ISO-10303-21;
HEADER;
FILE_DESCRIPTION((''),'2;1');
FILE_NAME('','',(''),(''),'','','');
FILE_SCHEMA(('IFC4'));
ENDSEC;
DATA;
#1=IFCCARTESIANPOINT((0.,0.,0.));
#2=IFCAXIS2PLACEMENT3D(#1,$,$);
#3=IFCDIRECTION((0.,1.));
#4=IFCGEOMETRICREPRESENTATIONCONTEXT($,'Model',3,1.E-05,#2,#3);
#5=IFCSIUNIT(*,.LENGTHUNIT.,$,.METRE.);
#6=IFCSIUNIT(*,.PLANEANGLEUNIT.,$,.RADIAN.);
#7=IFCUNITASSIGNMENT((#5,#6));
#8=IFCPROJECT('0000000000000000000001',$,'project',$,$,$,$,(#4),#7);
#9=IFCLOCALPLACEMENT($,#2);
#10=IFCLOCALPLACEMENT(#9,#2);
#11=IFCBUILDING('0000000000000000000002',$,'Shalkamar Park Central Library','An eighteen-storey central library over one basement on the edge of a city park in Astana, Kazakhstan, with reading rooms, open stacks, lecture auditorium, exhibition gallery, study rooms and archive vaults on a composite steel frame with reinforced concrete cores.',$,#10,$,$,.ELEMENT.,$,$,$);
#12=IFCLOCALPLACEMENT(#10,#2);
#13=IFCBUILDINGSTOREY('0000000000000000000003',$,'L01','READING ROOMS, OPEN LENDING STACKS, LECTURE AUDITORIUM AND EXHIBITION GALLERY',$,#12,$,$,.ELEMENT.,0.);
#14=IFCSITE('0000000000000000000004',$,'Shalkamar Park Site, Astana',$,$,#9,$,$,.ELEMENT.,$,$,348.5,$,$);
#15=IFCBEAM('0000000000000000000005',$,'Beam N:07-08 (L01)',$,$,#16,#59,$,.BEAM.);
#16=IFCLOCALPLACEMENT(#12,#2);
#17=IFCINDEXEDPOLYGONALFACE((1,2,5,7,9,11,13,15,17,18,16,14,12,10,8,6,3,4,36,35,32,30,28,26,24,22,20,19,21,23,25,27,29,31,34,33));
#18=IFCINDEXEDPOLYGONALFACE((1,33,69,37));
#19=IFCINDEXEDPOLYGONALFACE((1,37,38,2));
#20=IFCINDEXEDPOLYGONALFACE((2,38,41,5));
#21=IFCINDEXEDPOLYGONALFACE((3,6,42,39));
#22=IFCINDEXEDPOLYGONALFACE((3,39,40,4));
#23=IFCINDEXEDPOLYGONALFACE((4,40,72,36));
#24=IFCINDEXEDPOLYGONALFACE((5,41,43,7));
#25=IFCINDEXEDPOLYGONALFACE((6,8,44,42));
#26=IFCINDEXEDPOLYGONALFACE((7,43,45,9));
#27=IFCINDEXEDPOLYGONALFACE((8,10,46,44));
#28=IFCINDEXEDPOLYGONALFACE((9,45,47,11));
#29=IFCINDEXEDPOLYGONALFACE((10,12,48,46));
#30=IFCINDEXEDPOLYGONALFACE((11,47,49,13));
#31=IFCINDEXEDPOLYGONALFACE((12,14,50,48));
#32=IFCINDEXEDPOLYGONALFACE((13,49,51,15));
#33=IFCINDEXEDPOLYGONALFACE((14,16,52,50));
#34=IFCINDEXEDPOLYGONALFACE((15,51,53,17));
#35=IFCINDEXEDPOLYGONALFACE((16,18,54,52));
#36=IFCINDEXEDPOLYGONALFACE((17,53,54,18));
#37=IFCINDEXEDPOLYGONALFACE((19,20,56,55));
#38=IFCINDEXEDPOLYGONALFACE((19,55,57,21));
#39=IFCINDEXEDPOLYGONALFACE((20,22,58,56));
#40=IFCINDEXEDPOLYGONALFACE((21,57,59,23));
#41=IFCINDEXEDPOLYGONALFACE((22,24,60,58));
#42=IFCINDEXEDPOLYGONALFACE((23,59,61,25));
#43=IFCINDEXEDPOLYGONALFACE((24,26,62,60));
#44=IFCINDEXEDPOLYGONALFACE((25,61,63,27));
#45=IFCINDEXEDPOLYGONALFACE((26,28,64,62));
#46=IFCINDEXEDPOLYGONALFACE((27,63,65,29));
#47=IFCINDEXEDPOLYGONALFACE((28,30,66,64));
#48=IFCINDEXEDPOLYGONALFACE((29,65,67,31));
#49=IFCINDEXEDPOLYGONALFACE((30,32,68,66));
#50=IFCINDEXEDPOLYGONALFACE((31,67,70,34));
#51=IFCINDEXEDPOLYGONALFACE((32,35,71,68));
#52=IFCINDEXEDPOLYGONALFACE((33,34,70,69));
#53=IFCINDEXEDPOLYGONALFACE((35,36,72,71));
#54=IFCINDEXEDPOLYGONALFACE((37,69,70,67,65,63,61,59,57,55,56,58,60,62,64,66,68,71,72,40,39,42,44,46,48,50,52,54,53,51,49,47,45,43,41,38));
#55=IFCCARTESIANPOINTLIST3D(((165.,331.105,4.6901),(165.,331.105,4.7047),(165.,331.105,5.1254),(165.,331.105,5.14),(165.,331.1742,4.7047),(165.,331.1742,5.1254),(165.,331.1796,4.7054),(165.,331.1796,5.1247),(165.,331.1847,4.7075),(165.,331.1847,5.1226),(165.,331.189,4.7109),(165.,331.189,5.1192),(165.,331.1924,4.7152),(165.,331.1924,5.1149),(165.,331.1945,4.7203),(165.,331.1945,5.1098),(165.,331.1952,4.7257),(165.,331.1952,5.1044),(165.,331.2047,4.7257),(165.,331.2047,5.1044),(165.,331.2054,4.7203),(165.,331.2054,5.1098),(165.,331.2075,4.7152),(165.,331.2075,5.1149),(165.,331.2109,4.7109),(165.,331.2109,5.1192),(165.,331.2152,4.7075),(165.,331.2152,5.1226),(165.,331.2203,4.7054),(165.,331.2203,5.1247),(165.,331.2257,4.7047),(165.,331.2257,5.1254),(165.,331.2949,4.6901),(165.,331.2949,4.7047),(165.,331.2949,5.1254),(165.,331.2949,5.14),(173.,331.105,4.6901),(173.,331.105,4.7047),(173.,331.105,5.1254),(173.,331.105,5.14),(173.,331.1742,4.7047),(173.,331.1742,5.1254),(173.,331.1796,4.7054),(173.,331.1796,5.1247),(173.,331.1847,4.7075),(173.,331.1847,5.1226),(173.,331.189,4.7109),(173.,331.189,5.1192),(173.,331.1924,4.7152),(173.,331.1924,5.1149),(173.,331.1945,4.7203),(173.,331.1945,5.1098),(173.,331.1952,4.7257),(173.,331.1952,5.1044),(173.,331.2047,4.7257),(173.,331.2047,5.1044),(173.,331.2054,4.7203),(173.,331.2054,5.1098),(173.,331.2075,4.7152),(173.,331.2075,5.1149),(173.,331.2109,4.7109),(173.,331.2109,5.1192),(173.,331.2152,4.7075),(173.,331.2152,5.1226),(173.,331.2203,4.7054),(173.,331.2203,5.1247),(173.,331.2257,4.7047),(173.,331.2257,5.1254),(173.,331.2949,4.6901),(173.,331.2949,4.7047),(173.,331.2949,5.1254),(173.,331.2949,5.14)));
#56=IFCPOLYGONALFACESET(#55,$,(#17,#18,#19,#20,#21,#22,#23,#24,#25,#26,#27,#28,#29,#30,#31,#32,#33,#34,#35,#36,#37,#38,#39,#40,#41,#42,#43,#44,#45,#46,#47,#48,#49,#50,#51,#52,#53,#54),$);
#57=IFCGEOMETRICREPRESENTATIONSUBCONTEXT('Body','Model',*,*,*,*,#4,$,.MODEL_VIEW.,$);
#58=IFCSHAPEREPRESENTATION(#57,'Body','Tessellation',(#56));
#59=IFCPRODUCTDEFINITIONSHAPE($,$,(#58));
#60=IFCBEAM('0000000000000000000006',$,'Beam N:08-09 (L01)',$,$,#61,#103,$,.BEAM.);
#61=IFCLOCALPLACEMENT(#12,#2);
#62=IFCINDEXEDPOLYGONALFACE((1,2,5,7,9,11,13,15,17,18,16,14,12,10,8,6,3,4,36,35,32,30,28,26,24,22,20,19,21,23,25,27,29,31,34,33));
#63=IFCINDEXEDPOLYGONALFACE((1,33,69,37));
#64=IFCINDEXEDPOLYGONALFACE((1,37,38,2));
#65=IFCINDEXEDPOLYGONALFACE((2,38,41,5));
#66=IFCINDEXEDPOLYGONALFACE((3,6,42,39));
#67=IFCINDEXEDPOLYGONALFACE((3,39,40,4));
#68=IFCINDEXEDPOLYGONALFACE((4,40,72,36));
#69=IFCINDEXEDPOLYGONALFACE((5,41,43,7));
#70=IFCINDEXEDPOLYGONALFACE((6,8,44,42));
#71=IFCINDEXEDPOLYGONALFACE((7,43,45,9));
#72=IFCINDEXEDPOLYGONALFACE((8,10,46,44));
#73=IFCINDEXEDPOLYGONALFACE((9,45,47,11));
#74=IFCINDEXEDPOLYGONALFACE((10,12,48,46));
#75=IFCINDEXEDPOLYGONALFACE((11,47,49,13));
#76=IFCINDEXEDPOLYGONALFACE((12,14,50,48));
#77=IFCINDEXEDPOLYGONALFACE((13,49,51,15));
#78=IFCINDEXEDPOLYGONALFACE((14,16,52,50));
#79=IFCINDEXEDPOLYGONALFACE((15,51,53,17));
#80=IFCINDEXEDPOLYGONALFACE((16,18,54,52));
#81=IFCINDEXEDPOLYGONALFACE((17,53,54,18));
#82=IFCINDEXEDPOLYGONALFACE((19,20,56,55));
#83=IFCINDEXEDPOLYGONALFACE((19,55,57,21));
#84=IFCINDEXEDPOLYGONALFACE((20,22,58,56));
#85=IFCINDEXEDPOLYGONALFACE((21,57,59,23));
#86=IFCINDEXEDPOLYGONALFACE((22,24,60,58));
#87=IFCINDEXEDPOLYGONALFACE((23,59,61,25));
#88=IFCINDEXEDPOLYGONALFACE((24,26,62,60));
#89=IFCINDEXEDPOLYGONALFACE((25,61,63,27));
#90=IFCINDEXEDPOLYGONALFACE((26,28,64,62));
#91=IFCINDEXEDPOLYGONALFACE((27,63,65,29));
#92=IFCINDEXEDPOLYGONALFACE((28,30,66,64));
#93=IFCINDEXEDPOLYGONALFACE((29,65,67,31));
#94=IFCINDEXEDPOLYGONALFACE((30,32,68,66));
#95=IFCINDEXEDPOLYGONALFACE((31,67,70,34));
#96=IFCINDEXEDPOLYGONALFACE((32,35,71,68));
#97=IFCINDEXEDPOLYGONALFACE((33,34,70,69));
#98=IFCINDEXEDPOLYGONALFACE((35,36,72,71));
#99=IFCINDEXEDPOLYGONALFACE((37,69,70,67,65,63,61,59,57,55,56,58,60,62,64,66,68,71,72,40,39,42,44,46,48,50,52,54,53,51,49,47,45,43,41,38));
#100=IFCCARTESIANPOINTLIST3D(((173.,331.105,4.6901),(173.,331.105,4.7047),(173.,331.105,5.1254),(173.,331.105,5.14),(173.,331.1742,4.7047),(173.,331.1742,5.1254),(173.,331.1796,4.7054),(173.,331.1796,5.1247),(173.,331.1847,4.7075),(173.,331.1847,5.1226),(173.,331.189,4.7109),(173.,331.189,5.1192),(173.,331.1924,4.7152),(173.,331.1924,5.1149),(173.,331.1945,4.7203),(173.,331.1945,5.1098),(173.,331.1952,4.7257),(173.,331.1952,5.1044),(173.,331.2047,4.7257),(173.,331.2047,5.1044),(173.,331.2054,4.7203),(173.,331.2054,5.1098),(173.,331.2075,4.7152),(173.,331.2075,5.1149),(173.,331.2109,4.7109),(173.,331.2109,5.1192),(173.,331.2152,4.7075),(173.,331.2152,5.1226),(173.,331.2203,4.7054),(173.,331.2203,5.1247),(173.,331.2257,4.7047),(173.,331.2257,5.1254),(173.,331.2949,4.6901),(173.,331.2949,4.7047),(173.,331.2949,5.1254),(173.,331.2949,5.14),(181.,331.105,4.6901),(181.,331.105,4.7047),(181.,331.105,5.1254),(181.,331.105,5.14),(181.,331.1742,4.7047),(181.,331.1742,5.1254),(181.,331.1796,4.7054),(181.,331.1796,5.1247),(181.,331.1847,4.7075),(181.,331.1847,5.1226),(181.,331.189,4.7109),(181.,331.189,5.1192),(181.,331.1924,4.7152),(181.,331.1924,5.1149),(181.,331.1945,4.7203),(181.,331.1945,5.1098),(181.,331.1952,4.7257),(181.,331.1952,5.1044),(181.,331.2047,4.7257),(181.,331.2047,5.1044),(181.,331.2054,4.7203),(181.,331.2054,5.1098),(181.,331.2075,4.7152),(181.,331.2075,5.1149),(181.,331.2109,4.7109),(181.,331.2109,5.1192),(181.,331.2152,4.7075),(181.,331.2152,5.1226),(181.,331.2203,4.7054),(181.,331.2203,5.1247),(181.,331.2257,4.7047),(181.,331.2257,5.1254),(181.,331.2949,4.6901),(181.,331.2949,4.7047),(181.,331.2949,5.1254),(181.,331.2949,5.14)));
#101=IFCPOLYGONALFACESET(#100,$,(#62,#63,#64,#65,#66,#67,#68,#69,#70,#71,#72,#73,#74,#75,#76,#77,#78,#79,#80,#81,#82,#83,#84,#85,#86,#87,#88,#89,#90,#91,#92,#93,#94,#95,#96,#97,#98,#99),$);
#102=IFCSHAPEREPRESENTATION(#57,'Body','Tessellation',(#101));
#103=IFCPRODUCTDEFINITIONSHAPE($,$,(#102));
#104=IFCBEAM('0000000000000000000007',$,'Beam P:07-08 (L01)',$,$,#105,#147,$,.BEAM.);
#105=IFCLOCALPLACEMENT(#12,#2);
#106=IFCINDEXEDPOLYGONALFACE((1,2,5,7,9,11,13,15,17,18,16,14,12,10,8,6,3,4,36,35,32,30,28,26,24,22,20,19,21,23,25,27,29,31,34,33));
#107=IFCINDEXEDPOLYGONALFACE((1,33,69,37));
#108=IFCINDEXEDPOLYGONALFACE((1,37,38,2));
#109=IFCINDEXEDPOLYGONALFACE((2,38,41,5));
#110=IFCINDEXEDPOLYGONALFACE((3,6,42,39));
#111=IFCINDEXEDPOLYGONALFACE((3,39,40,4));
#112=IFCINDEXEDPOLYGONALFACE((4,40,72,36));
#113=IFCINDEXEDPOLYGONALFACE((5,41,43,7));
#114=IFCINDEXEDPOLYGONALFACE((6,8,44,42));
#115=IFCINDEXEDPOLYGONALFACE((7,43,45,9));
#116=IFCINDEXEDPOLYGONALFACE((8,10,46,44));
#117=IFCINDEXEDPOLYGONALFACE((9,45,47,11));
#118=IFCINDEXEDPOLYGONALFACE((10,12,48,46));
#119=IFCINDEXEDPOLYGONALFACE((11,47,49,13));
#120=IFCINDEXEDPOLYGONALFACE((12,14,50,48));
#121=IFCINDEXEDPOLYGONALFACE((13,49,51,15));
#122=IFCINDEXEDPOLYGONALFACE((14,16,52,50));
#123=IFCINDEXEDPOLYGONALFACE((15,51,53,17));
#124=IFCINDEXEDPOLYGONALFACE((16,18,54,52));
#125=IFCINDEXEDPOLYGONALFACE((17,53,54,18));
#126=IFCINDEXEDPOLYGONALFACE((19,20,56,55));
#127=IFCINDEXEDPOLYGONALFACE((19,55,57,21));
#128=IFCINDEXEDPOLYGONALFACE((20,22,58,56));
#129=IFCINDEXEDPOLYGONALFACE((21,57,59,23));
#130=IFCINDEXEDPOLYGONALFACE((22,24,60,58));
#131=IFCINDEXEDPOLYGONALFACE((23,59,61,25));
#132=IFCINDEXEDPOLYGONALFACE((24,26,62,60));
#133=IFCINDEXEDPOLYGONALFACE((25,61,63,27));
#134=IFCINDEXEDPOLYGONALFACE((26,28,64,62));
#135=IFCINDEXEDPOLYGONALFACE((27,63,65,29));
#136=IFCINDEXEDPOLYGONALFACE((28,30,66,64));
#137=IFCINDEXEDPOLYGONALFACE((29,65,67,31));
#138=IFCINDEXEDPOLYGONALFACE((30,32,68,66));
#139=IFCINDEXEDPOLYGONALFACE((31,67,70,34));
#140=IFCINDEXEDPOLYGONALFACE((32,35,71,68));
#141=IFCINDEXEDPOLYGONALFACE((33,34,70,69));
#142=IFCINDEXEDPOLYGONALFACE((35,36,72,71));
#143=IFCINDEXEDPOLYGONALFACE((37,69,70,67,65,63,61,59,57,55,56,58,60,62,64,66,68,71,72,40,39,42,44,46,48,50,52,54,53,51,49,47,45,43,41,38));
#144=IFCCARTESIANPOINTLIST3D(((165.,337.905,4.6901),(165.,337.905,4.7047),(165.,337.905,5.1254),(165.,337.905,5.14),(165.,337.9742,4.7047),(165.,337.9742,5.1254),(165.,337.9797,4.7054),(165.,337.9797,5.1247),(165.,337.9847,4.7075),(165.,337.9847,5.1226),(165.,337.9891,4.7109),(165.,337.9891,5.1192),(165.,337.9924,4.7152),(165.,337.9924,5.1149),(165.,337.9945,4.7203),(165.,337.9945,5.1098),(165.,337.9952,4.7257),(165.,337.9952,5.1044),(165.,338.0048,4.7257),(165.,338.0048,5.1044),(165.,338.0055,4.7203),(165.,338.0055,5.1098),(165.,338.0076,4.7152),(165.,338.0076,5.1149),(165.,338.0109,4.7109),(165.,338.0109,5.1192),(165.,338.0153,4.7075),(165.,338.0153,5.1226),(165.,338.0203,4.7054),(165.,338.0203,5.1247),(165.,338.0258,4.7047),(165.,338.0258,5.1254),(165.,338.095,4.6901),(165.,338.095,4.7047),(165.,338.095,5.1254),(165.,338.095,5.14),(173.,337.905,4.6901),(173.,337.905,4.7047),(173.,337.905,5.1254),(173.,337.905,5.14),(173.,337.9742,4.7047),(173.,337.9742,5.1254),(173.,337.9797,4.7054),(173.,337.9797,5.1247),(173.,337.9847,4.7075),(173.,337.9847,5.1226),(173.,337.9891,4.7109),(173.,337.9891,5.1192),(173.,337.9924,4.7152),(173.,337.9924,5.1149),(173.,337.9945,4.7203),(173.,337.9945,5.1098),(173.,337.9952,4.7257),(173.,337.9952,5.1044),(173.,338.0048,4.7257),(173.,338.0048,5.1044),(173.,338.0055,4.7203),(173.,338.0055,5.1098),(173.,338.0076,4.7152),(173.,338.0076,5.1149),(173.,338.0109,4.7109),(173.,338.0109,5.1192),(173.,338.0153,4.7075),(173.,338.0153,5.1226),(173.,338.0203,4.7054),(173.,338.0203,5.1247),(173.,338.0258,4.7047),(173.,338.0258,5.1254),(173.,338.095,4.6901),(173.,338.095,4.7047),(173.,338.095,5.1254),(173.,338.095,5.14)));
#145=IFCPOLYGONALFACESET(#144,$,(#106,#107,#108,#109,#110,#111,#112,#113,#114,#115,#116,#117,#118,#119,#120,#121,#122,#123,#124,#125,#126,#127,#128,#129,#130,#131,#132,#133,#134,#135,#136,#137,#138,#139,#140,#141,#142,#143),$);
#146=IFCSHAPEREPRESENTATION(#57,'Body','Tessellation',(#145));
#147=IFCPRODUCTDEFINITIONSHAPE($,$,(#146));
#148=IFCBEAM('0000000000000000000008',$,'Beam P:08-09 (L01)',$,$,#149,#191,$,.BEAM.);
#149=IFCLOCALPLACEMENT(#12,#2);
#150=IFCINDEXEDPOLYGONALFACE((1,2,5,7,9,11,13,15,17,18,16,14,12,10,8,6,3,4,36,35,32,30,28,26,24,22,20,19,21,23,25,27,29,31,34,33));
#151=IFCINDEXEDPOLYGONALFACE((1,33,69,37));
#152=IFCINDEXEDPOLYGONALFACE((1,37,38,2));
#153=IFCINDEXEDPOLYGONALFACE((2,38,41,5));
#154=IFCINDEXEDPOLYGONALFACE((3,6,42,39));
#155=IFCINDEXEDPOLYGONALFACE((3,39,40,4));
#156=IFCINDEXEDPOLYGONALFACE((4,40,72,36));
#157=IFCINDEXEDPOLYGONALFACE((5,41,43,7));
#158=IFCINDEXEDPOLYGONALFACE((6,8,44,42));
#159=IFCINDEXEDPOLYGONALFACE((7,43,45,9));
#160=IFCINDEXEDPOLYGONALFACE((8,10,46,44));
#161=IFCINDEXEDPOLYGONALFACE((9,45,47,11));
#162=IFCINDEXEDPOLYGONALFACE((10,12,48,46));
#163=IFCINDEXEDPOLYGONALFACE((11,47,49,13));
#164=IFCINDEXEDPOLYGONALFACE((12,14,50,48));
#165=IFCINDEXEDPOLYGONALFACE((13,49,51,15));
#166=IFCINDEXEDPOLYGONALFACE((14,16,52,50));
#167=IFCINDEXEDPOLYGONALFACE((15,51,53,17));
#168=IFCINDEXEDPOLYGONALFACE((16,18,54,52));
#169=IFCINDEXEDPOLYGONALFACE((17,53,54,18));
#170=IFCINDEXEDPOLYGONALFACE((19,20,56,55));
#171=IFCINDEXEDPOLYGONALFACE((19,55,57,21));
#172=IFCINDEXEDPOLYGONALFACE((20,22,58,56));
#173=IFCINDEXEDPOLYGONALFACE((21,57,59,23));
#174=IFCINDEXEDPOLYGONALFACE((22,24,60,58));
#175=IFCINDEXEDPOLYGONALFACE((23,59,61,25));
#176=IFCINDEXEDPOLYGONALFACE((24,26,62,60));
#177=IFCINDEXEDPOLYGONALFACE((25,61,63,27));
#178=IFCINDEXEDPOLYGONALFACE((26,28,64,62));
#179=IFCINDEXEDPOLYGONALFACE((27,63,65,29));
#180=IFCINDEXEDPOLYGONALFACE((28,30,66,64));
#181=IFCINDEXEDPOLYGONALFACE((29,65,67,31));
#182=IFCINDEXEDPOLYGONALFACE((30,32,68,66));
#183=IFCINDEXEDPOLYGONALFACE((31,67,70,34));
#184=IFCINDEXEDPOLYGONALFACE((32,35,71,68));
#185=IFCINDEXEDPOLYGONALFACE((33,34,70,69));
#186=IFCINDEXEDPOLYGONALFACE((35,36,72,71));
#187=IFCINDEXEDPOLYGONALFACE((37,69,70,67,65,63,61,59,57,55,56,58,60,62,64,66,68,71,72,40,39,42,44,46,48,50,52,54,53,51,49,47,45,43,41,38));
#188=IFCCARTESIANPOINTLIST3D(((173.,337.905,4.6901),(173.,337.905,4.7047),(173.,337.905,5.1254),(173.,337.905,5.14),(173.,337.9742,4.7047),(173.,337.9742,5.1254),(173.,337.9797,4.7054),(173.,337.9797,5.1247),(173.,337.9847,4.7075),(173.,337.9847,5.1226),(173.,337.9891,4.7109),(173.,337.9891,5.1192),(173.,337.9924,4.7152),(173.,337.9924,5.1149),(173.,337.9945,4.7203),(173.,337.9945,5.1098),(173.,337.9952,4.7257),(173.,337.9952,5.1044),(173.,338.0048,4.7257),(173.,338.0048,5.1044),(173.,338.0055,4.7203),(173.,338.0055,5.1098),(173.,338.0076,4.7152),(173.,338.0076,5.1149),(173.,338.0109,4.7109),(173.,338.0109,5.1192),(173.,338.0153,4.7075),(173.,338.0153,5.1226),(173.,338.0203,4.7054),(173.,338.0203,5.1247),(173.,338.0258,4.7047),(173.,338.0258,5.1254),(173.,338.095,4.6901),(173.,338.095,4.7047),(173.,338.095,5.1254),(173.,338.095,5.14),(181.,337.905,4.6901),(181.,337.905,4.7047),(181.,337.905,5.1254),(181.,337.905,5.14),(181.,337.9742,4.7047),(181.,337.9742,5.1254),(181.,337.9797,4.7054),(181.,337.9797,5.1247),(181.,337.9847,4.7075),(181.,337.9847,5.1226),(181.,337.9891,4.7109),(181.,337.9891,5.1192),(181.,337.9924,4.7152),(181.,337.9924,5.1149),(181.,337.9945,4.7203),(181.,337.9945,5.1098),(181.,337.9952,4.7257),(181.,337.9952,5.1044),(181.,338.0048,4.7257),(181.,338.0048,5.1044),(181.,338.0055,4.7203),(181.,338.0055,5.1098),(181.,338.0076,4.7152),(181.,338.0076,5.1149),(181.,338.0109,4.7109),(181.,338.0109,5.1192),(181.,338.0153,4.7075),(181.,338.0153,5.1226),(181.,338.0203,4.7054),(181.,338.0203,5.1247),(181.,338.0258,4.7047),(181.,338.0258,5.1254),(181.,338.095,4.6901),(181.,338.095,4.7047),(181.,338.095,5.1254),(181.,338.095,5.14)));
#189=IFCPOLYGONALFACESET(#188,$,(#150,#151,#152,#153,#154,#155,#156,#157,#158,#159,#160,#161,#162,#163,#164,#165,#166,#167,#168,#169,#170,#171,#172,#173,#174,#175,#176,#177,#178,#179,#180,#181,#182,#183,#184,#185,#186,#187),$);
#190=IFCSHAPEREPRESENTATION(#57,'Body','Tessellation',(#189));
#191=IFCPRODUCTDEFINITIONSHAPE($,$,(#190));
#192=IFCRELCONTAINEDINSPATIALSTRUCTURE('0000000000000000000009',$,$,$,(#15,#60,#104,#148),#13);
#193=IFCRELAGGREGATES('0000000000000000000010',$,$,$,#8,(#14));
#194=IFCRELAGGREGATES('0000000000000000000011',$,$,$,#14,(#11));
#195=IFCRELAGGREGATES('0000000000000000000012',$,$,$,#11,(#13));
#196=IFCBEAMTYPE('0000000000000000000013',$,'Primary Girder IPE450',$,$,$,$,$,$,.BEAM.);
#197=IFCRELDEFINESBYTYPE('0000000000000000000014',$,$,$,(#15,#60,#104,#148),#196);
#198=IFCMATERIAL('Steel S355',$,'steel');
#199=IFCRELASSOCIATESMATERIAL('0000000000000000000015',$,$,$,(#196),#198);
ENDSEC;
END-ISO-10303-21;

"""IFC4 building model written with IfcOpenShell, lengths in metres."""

from ifc_helpers import new_model, si_unit, direction, frame, origin, origin_2d, place, context, subcontext, project, spatial, i_section, extrude, material, material_profile, profile_set, type_object, element, save


model = new_model("IFC4")

# Units and contexts
model_context = context("Model", 3, precision=1e-05, world=origin(), true_north=direction((0.0, 1.0)))
body_context = subcontext(model_context, "Body", "Model", "MODEL_VIEW")
ifc_project = project(units=[si_unit("LENGTHUNIT", "METRE"), si_unit("PLANEANGLEUNIT", "RADIAN")], contexts=[model_context])

# Site, building, storey
site_placement = place(None, origin())
site = spatial("IfcSite", under=ifc_project, at=site_placement, Name="Shalkamar Park Site, Astana", CompositionType="ELEMENT", RefElevation=348.5)
building_placement = place(site_placement, origin())
building = spatial("IfcBuilding", under=site, at=building_placement, Name="Shalkamar Park Central Library", Description="An eighteen-storey central library over one basement on the edge of a city park in Astana, Kazakhstan, with reading rooms, open stacks, lecture auditorium, exhibition gallery, study rooms and archive vaults on a composite steel frame with reinforced concrete cores.", CompositionType="ELEMENT")
storey_placement = place(building_placement, origin())
storey = spatial("IfcBuildingStorey", under=building, at=storey_placement, Name="L01", Description="READING ROOMS, OPEN LENDING STACKS, LECTURE AUDITORIUM AND EXHIBITION GALLERY", CompositionType="ELEMENT", Elevation=0.0)

# Shared definitions
ifc_material_1 = material(Name="Steel S355", Category="steel")

# Beams
ifc_material_profile_1 = material_profile(ifc_material_1, i_section(OverallWidth=0.1899, OverallDepth=0.45, WebThickness=0.0095, FlangeThickness=0.0146, FilletRadius=0.021, at=origin_2d()), Name="IPE 450")
ifc_profile_set_1 = profile_set([ifc_material_profile_1], Name="Steel S355")
beam_type_1 = type_object("IfcBeamType", Name="Primary Girder IPE450", PredefinedType="BEAM", material=ifc_profile_set_1)
for number, where, z_axis, x_axis, name in (
    (1, (165.0, 331.2, 4.915), (1.0, 0.0, 0.0), (0.0, 1.0, 0.0), "Beam N:07-08 (L01)"),
    (2, (173.0, 331.2, 4.915), (1.0, 0.0, 0.0), (0.0, 1.0, 0.0), "Beam N:08-09 (L01)"),
    (3, (165.0, 338.0, 4.915), (1.0, 0.0, 0.0), (0.0, 1.0, 0.0), "Beam P:07-08 (L01)"),
    (4, (173.0, 338.0, 4.915), (1.0, 0.0, 0.0), (0.0, 1.0, 0.0), "Beam P:08-09 (L01)"),
):
    element("IfcBeam", number, at=place(storey_placement, frame(where, z_axis=z_axis, x_axis=x_axis)), inside=storey, type_object=beam_type_1, Name=name, PredefinedType="BEAM", context=body_context, shape_type="SweptSolid", body=[
        extrude(i_section(OverallWidth=0.1899, OverallDepth=0.45, WebThickness=0.0095, FlangeThickness=0.0146, FilletRadius=0.021, at=origin_2d()), origin(), (0.0, 0.0, 1.0), 8.0),
    ])

save(model, "model.ifc")
